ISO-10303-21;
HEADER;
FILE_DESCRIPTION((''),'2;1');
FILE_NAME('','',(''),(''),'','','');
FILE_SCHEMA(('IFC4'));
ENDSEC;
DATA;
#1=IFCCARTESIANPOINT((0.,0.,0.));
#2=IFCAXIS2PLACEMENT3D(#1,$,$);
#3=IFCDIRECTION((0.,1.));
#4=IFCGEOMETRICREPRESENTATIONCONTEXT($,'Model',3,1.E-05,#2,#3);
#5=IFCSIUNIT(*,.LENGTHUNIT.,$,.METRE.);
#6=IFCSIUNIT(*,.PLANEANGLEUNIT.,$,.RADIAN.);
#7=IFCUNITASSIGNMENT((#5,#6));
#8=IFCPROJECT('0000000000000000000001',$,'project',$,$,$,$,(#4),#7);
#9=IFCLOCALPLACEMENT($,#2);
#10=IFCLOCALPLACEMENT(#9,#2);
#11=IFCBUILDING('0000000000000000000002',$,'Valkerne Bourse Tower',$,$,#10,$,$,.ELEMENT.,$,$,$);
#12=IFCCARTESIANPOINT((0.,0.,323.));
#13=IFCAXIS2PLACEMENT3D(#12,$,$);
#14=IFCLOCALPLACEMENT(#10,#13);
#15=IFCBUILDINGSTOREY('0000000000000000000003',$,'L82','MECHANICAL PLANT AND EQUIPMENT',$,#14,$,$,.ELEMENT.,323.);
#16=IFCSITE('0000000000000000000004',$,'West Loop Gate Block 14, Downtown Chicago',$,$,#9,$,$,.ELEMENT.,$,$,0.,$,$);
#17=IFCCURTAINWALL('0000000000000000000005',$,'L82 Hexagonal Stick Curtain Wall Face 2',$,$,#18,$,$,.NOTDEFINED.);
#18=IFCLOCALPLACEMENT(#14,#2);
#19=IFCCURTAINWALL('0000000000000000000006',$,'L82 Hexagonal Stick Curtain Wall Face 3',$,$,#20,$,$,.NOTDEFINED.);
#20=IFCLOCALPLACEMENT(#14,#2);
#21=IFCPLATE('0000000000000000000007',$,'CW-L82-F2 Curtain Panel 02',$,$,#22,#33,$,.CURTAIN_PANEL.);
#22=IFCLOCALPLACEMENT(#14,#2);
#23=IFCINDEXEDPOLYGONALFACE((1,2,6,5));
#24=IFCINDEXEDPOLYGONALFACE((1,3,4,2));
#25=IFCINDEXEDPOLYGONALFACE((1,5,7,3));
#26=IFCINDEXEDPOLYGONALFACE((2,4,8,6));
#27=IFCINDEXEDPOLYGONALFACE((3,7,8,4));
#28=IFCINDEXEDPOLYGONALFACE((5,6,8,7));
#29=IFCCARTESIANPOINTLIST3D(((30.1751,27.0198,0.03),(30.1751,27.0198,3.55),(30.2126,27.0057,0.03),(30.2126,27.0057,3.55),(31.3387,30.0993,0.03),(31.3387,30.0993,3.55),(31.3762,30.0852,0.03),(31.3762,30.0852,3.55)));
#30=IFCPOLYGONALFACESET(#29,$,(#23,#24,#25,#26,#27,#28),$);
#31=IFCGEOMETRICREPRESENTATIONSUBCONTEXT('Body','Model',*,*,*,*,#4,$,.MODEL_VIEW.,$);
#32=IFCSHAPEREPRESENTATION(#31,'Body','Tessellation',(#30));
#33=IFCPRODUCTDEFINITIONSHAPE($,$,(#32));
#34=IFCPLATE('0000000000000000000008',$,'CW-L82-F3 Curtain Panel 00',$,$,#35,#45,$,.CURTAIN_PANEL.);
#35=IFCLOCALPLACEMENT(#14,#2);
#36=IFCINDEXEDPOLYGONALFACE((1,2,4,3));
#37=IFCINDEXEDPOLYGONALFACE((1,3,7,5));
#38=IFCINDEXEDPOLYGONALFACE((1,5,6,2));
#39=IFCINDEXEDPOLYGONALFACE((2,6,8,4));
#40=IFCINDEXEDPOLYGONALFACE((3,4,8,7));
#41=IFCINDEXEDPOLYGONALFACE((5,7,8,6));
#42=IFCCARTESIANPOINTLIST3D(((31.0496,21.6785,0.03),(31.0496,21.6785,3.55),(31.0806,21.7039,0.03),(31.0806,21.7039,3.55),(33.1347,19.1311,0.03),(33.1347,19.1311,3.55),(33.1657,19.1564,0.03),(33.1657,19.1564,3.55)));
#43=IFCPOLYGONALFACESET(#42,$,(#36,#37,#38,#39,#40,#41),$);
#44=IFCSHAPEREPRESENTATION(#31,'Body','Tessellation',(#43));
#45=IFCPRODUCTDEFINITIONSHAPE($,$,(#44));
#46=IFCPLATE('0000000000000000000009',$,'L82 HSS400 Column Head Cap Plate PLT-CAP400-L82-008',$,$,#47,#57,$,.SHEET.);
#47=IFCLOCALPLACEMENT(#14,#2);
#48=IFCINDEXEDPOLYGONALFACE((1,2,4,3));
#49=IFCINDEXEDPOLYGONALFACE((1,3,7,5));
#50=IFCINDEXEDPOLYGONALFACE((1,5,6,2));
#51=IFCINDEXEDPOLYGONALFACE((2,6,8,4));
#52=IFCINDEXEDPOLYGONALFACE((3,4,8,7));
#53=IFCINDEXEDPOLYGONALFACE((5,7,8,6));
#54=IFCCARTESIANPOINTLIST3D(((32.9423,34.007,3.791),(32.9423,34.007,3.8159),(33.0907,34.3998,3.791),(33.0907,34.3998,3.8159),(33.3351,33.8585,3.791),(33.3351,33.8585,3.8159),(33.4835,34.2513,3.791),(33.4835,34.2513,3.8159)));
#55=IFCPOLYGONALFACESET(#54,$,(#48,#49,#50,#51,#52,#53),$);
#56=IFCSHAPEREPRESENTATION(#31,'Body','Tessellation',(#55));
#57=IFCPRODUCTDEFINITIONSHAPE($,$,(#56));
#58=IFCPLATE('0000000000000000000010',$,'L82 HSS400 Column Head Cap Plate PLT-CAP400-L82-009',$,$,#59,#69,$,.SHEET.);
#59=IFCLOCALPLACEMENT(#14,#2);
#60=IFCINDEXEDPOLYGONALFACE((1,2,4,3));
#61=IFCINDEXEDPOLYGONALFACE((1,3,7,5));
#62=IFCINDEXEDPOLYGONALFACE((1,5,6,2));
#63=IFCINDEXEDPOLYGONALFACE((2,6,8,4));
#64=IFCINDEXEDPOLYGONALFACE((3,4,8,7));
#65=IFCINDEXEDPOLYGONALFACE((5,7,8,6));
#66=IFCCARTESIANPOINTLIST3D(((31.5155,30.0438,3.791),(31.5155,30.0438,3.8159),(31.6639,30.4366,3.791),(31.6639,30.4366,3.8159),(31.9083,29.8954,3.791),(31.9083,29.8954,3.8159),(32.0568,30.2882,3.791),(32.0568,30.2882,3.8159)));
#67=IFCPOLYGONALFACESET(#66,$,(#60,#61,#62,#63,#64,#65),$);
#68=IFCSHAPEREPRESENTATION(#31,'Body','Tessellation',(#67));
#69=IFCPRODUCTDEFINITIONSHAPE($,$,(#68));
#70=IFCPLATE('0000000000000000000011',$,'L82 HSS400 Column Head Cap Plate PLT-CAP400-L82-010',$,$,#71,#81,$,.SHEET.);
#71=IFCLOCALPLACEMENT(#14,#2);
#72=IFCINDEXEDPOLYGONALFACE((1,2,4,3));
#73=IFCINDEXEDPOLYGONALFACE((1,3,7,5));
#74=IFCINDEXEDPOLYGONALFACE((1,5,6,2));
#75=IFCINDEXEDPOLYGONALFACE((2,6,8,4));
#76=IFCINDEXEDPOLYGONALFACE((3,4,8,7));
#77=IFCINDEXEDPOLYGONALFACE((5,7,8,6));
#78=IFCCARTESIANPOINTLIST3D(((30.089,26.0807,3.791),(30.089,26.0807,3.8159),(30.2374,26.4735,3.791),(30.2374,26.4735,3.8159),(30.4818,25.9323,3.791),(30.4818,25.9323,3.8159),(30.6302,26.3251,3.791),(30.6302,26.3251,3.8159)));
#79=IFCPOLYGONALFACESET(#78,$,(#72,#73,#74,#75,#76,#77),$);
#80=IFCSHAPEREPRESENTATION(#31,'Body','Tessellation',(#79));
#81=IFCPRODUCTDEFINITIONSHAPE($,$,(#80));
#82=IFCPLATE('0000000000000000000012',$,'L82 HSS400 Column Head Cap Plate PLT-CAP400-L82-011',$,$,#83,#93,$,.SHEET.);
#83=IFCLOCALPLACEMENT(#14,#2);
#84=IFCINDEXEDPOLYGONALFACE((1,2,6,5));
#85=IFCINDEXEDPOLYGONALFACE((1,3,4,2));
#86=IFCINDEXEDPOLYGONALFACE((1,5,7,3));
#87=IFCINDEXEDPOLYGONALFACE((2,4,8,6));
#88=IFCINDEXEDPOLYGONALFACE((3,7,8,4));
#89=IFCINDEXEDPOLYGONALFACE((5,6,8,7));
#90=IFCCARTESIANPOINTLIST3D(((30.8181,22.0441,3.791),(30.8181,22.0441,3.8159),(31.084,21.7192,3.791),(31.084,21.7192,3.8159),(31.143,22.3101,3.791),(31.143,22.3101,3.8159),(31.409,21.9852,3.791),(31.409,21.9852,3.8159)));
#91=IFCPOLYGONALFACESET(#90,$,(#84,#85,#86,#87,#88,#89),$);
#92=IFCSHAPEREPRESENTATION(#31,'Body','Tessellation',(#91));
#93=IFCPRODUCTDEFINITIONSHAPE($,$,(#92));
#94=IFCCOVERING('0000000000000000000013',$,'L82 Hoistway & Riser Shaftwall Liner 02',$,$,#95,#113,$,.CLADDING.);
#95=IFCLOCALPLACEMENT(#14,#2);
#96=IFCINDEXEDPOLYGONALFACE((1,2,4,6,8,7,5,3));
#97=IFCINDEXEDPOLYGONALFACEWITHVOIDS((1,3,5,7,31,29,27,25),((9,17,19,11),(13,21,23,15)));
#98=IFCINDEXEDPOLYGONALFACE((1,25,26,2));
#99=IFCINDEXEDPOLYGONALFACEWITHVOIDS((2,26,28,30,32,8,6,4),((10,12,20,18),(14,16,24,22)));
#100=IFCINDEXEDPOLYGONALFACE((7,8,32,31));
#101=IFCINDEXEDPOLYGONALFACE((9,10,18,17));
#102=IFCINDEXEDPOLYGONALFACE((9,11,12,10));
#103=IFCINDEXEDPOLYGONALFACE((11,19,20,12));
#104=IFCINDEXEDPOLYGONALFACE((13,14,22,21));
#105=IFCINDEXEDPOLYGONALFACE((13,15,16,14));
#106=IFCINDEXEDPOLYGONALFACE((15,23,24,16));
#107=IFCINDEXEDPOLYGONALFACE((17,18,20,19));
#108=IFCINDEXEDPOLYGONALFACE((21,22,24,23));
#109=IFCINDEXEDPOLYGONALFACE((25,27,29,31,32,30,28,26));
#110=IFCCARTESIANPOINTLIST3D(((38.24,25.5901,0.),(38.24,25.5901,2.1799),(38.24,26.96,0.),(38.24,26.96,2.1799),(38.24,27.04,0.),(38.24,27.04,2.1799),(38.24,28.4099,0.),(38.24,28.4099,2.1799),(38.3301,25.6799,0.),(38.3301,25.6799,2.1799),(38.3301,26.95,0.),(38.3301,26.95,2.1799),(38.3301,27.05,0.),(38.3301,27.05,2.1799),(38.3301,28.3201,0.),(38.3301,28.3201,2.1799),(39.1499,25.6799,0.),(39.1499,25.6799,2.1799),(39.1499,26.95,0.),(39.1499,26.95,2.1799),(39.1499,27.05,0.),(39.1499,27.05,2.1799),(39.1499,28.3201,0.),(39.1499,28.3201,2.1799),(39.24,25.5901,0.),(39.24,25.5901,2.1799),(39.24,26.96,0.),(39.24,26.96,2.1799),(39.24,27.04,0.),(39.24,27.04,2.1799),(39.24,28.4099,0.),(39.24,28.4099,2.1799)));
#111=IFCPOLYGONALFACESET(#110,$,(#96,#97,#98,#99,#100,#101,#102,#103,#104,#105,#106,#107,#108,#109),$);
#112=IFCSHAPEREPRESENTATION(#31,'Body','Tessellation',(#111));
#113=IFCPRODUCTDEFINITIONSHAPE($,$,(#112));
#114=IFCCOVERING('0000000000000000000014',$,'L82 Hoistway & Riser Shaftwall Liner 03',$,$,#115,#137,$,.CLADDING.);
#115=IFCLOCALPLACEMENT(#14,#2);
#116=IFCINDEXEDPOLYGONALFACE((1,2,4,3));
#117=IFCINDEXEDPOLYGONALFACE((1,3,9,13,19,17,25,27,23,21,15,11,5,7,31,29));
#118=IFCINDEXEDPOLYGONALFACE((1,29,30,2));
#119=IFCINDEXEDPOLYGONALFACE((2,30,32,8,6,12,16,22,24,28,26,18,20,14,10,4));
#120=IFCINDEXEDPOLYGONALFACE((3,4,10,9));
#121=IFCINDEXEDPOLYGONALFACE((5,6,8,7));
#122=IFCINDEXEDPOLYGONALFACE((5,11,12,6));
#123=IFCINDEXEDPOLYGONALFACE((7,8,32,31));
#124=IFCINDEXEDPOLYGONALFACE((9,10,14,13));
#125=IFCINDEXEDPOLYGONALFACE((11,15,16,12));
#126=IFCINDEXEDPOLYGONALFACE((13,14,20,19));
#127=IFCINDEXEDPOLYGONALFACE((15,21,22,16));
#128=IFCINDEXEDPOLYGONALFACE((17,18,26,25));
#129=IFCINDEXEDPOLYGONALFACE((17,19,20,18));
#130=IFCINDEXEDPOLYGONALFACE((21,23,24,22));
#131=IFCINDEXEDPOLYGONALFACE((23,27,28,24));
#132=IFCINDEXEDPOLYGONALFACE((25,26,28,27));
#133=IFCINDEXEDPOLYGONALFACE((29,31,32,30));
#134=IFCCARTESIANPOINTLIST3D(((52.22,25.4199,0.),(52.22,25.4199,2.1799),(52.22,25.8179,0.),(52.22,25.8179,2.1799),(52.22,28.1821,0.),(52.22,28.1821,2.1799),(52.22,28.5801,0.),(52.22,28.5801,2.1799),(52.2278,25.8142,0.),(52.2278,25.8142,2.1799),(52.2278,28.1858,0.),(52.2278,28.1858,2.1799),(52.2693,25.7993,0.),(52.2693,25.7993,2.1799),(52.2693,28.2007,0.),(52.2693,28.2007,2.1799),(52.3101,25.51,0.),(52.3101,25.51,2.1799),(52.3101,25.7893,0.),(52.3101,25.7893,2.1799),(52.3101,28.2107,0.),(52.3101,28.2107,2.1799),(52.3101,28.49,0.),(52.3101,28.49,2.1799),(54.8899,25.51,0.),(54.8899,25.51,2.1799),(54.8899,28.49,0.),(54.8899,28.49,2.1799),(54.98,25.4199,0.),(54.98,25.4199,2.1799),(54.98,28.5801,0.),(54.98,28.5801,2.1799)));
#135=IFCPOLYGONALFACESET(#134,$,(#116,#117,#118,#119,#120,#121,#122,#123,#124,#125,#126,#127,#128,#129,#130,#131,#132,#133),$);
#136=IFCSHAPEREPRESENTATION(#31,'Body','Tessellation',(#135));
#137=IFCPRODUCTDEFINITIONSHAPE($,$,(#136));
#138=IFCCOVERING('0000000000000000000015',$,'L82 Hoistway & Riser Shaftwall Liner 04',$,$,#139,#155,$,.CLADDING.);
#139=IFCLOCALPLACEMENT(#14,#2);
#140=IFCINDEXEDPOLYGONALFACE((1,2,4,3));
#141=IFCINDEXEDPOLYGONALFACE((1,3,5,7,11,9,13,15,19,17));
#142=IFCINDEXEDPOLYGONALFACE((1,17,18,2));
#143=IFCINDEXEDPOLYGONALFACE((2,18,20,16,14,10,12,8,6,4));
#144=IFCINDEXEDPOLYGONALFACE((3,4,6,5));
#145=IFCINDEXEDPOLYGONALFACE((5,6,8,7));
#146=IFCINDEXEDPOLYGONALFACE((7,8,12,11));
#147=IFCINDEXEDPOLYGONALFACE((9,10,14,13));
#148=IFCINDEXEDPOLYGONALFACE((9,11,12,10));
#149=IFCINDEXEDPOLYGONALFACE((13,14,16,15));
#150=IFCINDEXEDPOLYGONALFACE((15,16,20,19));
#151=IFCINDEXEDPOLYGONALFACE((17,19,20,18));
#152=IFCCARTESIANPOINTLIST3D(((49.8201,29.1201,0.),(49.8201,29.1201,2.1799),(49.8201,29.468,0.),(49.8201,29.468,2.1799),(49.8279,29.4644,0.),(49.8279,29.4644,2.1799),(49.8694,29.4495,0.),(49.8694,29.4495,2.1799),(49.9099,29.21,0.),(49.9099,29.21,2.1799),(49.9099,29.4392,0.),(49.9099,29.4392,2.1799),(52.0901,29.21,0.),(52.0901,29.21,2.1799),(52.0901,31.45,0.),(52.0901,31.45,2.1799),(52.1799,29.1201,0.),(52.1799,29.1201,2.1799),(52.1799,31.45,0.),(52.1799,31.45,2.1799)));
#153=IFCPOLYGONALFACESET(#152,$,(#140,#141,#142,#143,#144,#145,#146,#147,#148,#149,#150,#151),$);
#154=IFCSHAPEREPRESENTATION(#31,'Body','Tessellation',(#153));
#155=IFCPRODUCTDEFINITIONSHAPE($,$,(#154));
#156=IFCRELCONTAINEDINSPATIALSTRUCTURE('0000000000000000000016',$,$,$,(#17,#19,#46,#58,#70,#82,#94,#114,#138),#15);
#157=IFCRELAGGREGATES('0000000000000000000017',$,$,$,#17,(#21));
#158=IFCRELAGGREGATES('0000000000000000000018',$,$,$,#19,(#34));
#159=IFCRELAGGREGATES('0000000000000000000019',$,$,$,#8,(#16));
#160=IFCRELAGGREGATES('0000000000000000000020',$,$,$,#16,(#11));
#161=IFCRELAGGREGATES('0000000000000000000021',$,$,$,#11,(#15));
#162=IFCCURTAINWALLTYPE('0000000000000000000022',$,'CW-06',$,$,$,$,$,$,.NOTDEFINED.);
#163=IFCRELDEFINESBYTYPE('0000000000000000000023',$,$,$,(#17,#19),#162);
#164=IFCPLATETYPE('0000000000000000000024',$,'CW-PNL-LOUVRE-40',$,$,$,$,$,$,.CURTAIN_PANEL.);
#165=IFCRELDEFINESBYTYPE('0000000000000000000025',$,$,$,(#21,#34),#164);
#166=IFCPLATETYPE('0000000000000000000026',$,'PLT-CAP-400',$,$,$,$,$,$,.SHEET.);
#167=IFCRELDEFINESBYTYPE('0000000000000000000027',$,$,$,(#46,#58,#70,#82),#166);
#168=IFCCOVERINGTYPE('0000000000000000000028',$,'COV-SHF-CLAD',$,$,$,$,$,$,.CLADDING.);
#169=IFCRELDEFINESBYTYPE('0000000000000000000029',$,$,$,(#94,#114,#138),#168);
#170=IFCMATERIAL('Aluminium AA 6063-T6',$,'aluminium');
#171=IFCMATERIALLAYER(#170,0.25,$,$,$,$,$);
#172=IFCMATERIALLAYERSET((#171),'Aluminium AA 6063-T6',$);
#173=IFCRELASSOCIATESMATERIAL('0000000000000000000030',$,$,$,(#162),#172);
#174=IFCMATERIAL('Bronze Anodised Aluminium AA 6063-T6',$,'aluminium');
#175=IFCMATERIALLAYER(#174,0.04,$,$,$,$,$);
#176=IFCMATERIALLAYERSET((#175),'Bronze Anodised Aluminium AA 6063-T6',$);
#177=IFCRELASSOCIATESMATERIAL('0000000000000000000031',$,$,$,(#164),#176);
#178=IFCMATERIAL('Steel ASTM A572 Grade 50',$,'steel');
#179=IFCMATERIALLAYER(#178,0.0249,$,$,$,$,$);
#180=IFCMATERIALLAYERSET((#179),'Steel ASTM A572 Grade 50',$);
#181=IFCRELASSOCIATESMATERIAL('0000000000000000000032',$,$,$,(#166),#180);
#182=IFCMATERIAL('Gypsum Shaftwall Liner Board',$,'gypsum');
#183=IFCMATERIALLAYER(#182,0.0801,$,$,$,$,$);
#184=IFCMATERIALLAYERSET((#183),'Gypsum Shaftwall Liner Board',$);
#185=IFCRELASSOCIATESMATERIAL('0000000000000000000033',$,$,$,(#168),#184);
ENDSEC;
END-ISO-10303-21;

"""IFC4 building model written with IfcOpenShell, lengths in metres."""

from ifc_helpers import new_model, si_unit, direction, frame, origin, origin_2d, place, context, subcontext, project, spatial, polyline, rectangle, outline, extrude, material, layer, layer_set, type_object, element, aggregate, save


model = new_model("IFC4")

# Units and contexts
model_context = context("Model", 3, precision=1e-05, world=origin(), true_north=direction((0.0, 1.0)))
body_context = subcontext(model_context, "Body", "Model", "MODEL_VIEW")
ifc_project = project(units=[si_unit("LENGTHUNIT", "METRE"), si_unit("PLANEANGLEUNIT", "RADIAN")], contexts=[model_context])

# Site, building, storey
site_placement = place(None, origin())
site = spatial("IfcSite", under=ifc_project, at=site_placement, Name="West Loop Gate Block 14, Downtown Chicago", CompositionType="ELEMENT", RefElevation=0.0)
building_placement = place(site_placement, origin())
building = spatial("IfcBuilding", under=site, at=building_placement, Name="Valkerne Bourse Tower", CompositionType="ELEMENT")
storey_placement = place(building_placement, frame((0.0, 0.0, 323.0)))
storey = spatial("IfcBuildingStorey", under=building, at=storey_placement, Name="L82", Description="MECHANICAL PLANT AND EQUIPMENT", CompositionType="ELEMENT", Elevation=323.0)

# Curtain wall
ifc_material_1 = material(Name="Aluminium AA 6063-T6", Category="aluminium")
ifc_layer_1 = layer(ifc_material_1, 0.25)
ifc_layer_set_1 = layer_set([ifc_layer_1], Name="Aluminium AA 6063-T6")
curtain_wall_type = type_object("IfcCurtainWallType", Name="CW-06", PredefinedType="NOTDEFINED", material=ifc_layer_set_1)
curtain_wall_1_placement = place(storey_placement, origin())
curtain_wall_1 = element("IfcCurtainWall", 1, at=curtain_wall_1_placement, inside=storey, type_object=curtain_wall_type, Name="L82 Hexagonal Stick Curtain Wall Face 2", PredefinedType="NOTDEFINED")

# Curtain wall
curtain_wall_2_placement = place(storey_placement, origin())
curtain_wall_2 = element("IfcCurtainWall", 2, at=curtain_wall_2_placement, inside=storey, type_object=curtain_wall_type, Name="L82 Hexagonal Stick Curtain Wall Face 3", PredefinedType="NOTDEFINED")

# Plates
ifc_material_2 = material(Name="Bronze Anodised Aluminium AA 6063-T6", Category="aluminium")
ifc_layer_2 = layer(ifc_material_2, 0.04)
ifc_layer_set_2 = layer_set([ifc_layer_2], Name="Bronze Anodised Aluminium AA 6063-T6")
plate_type_1 = type_object("IfcPlateType", Name="CW-PNL-LOUVRE-40", PredefinedType="CURTAIN_PANEL", material=ifc_layer_set_2)
plate_1_placement = place(storey_placement, frame((30.7756, 28.5525, 0.03), z_axis=(0.0, 0.0, 1.0), x_axis=(-0.353467, -0.935447, 0.0)))
plate_1 = element("IfcPlate", 3, at=plate_1_placement, type_object=plate_type_1, Name="CW-L82-F2 Curtain Panel 02", PredefinedType="CURTAIN_PANEL", context=body_context, shape_type="SweptSolid", body=[
    extrude(rectangle(XDim=3.292, YDim=0.04, at=origin_2d()), origin(), (0.0, 0.0, 1.0), 3.52),
])
aggregate(curtain_wall_1, [plate_1])
plate_2_placement = place(storey_placement, frame((32.1077, 20.4175, 0.03), z_axis=(0.0, 0.0, 1.0), x_axis=(0.633383, -0.773839, 0.0)))
plate_2 = element("IfcPlate", 4, at=plate_2_placement, type_object=plate_type_1, Name="CW-L82-F3 Curtain Panel 00", PredefinedType="CURTAIN_PANEL", context=body_context, shape_type="SweptSolid", body=[
    extrude(rectangle(XDim=3.292, YDim=0.04, at=origin_2d()), origin(), (0.0, 0.0, 1.0), 3.52),
])
aggregate(curtain_wall_2, [plate_2])

# Plates
ifc_material_3 = material(Name="Steel ASTM A572 Grade 50", Category="steel")
ifc_layer_3 = layer(ifc_material_3, 0.0249)
ifc_layer_set_3 = layer_set([ifc_layer_3], Name="Steel ASTM A572 Grade 50")
plate_type_2 = type_object("IfcPlateType", Name="PLT-CAP-400", PredefinedType="SHEET", material=ifc_layer_set_3)
for number, where, z_axis, x_axis, name in (
    (5, (33.2129, 34.1292, 3.791), (0.0, 0.0, 1.0), (-0.353475, -0.935444, 0.0), "L82 HSS400 Column Head Cap Plate PLT-CAP400-L82-008"),
    (6, (31.7861, 30.166, 3.791), (0.0, 0.0, 1.0), (-0.353475, -0.935444, 0.0), "L82 HSS400 Column Head Cap Plate PLT-CAP400-L82-009"),
    (7, (30.3596, 26.2029, 3.791), (0.0, 0.0, 1.0), (-0.353475, -0.935444, 0.0), "L82 HSS400 Column Head Cap Plate PLT-CAP400-L82-010"),
    (8, (31.1135, 22.0146, 3.791), (0.0, 0.0, 1.0), (0.633381, -0.77384, 0.0), "L82 HSS400 Column Head Cap Plate PLT-CAP400-L82-011"),
):
    element("IfcPlate", number, at=place(storey_placement, frame(where, z_axis=z_axis, x_axis=x_axis)), inside=storey, type_object=plate_type_2, Name=name, PredefinedType="SHEET", context=body_context, shape_type="SweptSolid", body=[
        extrude(rectangle(XDim=0.4199, YDim=0.4199, at=origin_2d()), origin(), (0.0, 0.0, 1.0), 0.0249),
    ])

# Coverings
ifc_material_4 = material(Name="Gypsum Shaftwall Liner Board", Category="gypsum")
ifc_layer_4 = layer(ifc_material_4, 0.0801)
ifc_layer_set_4 = layer_set([ifc_layer_4], Name="Gypsum Shaftwall Liner Board")
covering_type = type_object("IfcCoveringType", Name="COV-SHF-CLAD", PredefinedType="CLADDING", material=ifc_layer_set_4)
covering_1_placement = place(storey_placement, origin())
element("IfcCovering", 9, at=covering_1_placement, inside=storey, type_object=covering_type, Name="L82 Hoistway & Riser Shaftwall Liner 02", PredefinedType="CLADDING", context=body_context, shape_type="SweptSolid", body=[
    extrude(outline(polyline([(38.24, 25.5901), (38.24, 26.96), (38.24, 27.04), (38.24, 28.4099), (39.24, 28.4099), (39.24, 27.04), (39.24, 26.96), (39.24, 25.5901), (38.24, 25.5901)]), holes=[polyline([(39.1499, 25.6799), (39.1499, 26.95), (38.3301, 26.95), (38.3301, 25.6799), (39.1499, 25.6799)]), polyline([(39.1499, 28.3201), (38.3301, 28.3201), (38.3301, 27.05), (39.1499, 27.05), (39.1499, 28.3201)])]), origin(), (0.0, 0.0, 1.0), 2.1799),
])
covering_2_placement = place(storey_placement, origin())
element("IfcCovering", 10, at=covering_2_placement, inside=storey, type_object=covering_type, Name="L82 Hoistway & Riser Shaftwall Liner 03", PredefinedType="CLADDING", context=body_context, shape_type="SweptSolid", body=[
    extrude(outline(polyline([(52.22, 25.8179), (52.2278, 25.8142), (52.2693, 25.7993), (52.3101, 25.7893), (52.3101, 25.51), (54.8899, 25.51), (54.8899, 28.49), (52.3101, 28.49), (52.3101, 28.2107), (52.2693, 28.2007), (52.2278, 28.1858), (52.22, 28.1821), (52.22, 28.5801), (54.98, 28.5801), (54.98, 25.4199), (52.22, 25.4199), (52.22, 25.8179)])), origin(), (0.0, 0.0, 1.0), 2.1799),
])
covering_3_placement = place(storey_placement, origin())
element("IfcCovering", 11, at=covering_3_placement, inside=storey, type_object=covering_type, Name="L82 Hoistway & Riser Shaftwall Liner 04", PredefinedType="CLADDING", context=body_context, shape_type="SweptSolid", body=[
    extrude(outline(polyline([(49.9099, 29.21), (52.0901, 29.21), (52.0901, 31.45), (52.1799, 31.45), (52.1799, 29.1201), (49.8201, 29.1201), (49.8201, 29.468), (49.8279, 29.4644), (49.8694, 29.4495), (49.9099, 29.4392), (49.9099, 29.21)])), origin(), (0.0, 0.0, 1.0), 2.1799),
])

save(model, "model.ifc")
